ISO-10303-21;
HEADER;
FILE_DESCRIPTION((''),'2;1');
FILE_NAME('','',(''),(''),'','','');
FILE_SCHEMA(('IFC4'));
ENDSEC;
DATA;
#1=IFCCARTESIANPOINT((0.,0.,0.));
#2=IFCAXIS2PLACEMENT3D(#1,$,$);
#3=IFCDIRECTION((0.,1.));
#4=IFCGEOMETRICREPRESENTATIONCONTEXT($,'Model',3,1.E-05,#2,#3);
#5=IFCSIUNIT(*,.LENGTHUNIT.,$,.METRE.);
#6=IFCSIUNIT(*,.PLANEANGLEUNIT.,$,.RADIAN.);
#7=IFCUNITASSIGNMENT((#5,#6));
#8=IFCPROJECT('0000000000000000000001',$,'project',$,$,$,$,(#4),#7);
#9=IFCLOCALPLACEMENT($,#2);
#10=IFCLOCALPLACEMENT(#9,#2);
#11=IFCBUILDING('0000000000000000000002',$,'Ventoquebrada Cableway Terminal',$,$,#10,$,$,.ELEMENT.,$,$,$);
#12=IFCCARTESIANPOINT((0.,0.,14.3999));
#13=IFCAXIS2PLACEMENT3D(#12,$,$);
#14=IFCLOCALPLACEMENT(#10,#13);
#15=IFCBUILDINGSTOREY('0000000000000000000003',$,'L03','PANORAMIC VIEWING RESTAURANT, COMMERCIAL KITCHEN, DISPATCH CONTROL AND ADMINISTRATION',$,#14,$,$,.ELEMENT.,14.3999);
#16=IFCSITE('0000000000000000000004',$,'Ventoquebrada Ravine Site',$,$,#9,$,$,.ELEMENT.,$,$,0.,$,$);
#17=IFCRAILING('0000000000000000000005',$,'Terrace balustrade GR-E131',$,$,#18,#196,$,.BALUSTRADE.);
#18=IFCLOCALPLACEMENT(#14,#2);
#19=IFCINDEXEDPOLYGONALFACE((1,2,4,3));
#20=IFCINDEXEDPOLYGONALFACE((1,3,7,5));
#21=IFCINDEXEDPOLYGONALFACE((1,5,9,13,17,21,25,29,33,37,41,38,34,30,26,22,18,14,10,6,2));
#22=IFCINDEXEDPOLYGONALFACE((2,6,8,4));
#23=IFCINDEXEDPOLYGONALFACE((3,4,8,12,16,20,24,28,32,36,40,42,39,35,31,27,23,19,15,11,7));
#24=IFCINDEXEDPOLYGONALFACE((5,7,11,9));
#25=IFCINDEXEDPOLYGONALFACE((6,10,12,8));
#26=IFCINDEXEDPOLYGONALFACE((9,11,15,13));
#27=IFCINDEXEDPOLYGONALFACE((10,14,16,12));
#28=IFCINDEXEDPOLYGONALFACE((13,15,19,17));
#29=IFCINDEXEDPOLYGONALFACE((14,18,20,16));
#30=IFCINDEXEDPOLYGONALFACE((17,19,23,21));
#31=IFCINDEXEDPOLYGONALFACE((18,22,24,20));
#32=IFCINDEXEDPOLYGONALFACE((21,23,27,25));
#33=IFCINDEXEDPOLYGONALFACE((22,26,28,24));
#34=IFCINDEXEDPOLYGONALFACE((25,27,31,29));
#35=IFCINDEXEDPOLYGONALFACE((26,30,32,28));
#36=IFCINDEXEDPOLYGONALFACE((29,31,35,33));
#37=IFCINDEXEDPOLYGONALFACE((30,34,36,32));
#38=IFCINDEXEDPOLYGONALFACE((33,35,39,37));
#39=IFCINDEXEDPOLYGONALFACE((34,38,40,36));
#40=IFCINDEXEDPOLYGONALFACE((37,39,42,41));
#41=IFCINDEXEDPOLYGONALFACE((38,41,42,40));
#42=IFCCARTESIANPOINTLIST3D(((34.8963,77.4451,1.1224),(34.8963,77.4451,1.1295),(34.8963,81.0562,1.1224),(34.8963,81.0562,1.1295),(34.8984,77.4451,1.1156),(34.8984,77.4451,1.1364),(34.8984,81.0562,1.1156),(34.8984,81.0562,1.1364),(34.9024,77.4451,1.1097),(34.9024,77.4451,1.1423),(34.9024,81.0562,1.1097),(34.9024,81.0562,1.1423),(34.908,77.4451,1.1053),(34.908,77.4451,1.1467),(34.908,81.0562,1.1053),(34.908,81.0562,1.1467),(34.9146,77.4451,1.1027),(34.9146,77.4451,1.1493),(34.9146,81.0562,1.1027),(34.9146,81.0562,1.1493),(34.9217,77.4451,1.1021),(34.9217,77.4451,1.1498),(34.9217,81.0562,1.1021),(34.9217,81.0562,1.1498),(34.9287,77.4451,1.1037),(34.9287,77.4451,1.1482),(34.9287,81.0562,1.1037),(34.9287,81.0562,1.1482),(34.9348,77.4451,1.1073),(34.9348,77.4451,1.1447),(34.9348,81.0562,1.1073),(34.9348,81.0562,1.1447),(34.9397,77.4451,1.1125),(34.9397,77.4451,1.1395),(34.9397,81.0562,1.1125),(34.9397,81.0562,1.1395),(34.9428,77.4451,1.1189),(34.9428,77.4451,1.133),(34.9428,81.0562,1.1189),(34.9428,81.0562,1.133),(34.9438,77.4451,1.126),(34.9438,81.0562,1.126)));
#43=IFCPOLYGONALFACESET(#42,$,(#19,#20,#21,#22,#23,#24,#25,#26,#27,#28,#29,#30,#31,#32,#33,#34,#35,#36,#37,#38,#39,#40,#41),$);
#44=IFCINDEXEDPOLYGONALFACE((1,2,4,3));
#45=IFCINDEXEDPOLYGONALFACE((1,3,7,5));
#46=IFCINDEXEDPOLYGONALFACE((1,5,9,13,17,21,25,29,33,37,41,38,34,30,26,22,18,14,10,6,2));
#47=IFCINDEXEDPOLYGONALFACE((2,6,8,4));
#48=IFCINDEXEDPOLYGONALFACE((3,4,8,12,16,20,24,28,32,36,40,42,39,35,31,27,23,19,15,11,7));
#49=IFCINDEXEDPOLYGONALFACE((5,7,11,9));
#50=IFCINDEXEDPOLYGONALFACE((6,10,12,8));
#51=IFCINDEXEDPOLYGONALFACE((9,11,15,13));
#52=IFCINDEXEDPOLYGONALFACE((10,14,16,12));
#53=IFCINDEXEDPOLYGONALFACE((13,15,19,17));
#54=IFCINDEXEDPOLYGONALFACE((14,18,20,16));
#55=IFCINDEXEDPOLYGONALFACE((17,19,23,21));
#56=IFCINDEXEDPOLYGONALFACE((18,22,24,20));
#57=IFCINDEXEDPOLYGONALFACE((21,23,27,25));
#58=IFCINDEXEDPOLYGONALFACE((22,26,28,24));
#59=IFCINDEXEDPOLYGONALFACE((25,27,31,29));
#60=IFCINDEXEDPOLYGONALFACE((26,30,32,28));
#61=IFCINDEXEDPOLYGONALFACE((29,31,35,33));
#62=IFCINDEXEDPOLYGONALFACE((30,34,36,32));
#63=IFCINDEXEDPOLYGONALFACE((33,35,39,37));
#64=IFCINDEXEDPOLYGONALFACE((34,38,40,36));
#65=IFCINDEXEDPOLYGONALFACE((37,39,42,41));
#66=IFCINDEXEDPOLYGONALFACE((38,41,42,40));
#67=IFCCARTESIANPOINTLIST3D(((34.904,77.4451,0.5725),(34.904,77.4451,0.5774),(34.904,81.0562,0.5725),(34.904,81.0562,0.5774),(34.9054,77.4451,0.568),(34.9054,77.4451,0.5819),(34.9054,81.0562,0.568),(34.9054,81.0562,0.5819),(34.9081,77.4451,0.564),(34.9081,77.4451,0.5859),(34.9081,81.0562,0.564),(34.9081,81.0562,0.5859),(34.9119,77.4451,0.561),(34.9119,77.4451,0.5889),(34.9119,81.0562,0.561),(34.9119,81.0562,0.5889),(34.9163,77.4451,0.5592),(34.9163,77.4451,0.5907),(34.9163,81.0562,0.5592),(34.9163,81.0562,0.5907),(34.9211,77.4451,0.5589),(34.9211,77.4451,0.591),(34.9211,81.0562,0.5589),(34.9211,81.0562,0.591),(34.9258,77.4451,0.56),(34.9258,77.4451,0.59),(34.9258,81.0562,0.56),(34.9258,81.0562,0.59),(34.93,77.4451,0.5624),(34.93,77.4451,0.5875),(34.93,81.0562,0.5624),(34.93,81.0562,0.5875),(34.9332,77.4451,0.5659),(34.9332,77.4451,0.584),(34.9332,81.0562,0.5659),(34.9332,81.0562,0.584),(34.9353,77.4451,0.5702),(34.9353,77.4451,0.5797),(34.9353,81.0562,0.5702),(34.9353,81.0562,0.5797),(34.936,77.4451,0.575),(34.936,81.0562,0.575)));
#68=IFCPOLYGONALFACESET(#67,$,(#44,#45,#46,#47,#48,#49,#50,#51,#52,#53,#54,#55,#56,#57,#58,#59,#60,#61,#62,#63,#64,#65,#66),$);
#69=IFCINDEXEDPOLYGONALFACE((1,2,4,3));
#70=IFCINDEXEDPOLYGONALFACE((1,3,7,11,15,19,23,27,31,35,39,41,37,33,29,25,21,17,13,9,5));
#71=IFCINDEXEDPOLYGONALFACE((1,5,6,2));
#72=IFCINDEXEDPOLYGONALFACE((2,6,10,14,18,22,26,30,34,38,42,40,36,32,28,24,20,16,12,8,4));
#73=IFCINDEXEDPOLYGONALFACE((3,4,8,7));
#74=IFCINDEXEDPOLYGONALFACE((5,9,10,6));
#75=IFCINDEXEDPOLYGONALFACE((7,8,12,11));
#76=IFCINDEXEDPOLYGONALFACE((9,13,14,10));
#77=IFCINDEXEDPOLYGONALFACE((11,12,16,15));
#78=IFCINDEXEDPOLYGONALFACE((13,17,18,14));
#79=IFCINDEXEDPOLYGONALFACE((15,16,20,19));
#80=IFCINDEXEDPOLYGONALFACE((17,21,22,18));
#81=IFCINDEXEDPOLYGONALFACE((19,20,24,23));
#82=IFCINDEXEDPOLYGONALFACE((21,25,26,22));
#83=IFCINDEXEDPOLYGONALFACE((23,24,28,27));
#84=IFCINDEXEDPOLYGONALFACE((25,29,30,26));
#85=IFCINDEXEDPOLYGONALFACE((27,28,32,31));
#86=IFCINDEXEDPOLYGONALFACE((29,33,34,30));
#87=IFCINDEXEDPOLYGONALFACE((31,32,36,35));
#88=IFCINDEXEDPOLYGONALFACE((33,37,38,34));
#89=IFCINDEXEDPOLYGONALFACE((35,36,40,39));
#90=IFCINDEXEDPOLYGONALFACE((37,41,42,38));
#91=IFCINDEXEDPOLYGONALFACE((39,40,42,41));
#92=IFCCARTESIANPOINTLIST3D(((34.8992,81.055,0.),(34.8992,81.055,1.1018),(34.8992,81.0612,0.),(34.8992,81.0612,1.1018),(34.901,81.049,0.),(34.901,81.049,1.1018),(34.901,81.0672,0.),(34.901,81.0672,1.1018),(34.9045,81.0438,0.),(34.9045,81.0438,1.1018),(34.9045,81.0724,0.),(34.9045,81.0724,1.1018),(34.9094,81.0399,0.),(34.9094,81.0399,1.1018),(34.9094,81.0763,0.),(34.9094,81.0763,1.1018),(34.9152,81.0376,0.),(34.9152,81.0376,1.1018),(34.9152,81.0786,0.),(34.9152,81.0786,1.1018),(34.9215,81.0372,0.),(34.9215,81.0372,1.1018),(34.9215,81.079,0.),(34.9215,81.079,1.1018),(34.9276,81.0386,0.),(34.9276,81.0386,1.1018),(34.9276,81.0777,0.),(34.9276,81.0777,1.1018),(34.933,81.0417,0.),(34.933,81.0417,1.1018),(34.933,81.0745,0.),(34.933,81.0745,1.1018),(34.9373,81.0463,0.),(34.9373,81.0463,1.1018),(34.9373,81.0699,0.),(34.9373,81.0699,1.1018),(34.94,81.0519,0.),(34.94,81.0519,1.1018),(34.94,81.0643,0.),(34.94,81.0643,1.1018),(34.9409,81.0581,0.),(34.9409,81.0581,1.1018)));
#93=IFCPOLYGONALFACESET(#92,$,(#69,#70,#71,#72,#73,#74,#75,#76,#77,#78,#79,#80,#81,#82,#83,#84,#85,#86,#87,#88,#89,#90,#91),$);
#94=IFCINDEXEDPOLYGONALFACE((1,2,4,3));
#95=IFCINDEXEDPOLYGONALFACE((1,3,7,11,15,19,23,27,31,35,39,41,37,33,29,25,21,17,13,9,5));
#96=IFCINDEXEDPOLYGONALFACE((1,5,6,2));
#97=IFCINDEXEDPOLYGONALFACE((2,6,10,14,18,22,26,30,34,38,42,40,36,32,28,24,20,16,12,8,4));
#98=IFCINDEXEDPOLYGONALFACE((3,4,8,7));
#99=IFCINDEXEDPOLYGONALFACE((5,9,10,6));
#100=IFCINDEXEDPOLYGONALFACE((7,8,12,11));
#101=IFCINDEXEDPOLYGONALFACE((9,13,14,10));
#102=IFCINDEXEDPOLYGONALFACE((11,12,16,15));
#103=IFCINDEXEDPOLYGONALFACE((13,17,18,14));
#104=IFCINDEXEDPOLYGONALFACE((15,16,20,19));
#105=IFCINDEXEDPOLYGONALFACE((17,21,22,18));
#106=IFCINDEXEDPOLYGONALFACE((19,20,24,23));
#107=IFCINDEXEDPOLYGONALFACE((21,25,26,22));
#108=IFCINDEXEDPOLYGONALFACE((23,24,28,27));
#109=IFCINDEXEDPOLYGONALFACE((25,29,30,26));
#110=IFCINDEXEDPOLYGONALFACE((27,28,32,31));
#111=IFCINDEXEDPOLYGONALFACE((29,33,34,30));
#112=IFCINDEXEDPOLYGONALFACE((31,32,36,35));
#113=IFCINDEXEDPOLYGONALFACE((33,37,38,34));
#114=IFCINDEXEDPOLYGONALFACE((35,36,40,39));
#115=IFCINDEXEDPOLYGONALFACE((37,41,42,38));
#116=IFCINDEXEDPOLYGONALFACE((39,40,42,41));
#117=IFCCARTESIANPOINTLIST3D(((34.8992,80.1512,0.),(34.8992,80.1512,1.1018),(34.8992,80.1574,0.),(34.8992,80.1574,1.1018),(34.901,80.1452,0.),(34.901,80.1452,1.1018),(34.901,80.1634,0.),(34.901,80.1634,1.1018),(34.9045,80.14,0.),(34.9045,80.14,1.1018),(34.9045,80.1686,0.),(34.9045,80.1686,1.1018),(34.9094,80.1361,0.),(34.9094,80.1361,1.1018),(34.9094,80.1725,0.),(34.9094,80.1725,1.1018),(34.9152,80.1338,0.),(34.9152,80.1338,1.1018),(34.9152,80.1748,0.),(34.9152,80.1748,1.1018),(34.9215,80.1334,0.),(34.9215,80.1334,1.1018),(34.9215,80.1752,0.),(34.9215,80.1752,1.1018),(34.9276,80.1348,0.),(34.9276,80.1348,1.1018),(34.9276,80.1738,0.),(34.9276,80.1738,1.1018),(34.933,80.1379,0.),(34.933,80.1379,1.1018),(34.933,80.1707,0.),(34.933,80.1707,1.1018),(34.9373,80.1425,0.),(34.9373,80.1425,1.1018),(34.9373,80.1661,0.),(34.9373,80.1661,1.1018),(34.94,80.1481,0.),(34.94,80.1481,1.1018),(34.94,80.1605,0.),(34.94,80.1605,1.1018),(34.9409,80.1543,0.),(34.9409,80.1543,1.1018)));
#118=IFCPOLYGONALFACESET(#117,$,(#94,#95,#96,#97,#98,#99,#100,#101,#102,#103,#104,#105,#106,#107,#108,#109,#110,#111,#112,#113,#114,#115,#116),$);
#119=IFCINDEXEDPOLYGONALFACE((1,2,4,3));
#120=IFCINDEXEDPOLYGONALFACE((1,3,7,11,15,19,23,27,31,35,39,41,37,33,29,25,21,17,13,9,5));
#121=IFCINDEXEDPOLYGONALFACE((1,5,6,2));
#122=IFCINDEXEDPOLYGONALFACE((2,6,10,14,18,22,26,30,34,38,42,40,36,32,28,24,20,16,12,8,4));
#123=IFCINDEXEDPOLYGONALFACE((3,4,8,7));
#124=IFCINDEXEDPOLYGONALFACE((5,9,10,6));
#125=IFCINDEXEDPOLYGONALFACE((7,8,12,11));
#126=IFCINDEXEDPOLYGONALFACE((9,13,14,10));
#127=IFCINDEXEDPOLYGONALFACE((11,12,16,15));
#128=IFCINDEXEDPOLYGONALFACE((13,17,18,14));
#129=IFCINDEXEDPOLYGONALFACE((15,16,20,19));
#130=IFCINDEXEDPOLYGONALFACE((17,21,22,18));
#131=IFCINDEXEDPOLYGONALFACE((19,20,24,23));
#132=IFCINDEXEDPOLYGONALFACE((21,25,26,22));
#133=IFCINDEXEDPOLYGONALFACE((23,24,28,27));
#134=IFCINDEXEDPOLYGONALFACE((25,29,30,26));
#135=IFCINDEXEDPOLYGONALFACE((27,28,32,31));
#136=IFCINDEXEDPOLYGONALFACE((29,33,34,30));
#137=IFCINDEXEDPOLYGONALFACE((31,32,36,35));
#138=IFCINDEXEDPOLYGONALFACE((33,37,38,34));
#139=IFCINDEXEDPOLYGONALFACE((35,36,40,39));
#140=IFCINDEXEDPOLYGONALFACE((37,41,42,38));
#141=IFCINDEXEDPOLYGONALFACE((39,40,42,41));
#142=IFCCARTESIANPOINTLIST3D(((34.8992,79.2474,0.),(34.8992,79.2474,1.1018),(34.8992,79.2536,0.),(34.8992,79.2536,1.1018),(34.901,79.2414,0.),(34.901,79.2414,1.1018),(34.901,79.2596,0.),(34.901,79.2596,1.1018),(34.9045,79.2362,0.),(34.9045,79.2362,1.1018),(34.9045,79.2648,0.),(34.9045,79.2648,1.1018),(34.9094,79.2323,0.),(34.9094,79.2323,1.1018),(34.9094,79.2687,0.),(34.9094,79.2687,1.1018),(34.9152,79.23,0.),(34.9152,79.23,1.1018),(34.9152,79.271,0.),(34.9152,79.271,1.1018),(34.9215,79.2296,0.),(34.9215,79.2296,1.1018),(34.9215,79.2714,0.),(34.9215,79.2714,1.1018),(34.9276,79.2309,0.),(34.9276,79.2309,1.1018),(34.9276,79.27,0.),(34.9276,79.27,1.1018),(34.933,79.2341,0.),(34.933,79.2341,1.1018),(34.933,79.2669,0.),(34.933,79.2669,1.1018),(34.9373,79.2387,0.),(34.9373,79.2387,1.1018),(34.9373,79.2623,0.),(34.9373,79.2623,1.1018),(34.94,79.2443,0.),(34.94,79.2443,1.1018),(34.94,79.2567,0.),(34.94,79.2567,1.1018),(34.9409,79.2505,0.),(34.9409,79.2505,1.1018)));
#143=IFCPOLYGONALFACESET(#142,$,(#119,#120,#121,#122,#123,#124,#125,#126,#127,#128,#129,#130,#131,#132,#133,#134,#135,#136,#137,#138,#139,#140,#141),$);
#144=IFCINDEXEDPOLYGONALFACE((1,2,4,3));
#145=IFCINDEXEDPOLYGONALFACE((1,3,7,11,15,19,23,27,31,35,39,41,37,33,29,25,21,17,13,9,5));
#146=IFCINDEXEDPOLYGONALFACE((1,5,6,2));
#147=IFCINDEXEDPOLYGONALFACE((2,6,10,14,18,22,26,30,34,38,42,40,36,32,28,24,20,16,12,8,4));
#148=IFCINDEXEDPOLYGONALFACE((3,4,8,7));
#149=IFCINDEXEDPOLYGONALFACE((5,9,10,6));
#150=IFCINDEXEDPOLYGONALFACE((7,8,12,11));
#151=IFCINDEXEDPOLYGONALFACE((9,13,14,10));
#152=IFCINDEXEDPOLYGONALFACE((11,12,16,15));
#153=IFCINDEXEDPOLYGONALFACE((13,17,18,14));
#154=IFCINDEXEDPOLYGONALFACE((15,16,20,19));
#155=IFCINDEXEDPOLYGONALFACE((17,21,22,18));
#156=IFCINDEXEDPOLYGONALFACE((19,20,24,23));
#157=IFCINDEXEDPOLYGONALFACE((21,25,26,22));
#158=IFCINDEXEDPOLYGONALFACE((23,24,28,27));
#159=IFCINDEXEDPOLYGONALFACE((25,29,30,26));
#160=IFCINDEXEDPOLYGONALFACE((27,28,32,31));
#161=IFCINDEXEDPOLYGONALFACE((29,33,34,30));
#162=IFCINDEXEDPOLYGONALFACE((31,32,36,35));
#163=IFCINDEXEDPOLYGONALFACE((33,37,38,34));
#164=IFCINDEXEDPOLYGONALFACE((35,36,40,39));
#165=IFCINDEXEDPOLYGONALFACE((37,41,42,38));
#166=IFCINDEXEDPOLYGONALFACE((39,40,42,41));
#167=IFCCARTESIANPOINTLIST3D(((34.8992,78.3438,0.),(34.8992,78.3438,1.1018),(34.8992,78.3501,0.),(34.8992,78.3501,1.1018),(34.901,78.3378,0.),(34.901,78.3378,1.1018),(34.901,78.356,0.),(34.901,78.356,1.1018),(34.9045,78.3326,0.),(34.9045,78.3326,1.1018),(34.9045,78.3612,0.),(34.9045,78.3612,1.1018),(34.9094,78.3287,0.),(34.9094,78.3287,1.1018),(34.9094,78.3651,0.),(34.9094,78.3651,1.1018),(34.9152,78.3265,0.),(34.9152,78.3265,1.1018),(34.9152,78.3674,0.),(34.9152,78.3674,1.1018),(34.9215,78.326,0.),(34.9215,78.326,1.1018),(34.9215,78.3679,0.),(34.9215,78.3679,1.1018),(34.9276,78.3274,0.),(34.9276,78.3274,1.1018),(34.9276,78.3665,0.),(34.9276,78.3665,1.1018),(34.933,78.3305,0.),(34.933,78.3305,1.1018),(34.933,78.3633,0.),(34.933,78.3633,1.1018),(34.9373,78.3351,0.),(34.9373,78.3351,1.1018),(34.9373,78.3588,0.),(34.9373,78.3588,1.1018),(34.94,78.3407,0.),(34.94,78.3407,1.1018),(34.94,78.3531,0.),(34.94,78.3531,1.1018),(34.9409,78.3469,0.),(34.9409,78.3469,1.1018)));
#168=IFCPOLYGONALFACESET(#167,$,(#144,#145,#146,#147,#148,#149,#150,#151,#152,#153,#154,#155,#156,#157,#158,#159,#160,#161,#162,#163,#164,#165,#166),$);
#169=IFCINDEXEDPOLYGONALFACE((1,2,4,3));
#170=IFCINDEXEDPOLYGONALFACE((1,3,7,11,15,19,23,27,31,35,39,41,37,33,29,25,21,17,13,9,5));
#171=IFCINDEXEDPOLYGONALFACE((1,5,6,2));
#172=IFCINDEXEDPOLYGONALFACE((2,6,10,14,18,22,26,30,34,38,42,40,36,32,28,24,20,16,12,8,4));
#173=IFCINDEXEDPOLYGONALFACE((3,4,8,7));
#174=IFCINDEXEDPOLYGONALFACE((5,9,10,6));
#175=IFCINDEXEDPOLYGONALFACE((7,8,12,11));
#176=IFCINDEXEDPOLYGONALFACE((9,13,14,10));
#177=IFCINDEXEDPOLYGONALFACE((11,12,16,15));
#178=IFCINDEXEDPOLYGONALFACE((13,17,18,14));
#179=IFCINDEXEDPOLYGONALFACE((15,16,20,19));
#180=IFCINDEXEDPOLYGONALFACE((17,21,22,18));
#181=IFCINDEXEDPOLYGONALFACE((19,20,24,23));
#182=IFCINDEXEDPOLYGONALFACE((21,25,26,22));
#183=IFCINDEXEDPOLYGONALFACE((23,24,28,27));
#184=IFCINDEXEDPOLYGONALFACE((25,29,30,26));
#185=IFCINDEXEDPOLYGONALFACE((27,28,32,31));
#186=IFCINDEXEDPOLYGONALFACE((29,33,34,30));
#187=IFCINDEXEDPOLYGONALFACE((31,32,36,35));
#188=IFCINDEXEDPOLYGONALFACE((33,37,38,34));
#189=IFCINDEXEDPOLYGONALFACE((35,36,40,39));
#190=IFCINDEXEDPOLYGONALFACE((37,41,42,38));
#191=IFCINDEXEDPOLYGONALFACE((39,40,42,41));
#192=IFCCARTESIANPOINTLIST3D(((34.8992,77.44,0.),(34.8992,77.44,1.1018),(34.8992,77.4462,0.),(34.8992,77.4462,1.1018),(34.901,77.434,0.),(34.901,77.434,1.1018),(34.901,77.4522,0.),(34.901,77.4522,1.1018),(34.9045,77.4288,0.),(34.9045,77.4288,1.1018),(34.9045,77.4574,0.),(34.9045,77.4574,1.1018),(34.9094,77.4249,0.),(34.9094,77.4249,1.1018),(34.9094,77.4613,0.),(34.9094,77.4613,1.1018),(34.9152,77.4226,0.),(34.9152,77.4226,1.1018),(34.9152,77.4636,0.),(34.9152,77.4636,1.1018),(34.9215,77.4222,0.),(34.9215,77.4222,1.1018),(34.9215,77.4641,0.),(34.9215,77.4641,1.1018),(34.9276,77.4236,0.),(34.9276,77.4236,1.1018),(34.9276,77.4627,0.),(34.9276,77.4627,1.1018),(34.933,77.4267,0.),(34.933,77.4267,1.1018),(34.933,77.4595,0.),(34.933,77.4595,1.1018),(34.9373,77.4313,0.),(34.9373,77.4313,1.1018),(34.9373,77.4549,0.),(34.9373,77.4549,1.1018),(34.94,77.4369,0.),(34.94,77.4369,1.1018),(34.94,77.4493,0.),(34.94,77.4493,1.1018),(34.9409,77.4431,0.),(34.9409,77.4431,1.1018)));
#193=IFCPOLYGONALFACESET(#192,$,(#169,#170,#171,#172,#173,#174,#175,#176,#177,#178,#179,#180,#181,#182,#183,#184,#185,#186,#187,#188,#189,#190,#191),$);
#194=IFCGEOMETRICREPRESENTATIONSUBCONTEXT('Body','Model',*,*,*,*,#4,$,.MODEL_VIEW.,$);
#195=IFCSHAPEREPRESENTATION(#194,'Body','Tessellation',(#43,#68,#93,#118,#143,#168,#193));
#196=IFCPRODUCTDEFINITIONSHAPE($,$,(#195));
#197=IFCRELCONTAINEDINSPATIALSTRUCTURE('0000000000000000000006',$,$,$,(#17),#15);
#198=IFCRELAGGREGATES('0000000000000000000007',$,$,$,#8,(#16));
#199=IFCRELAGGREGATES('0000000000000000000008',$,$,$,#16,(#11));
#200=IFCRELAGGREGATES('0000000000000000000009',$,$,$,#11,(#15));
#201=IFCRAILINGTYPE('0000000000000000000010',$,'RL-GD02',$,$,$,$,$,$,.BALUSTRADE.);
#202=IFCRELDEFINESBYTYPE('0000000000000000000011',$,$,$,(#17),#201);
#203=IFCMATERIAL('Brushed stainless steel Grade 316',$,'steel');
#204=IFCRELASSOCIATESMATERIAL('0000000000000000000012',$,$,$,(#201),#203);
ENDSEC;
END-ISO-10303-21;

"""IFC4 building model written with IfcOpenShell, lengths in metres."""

from ifc_helpers import new_model, si_unit, direction, frame, origin, origin_2d, place, context, subcontext, project, spatial, circle, extrude, material, type_object, element, save


model = new_model("IFC4")

# Units and contexts
model_context = context("Model", 3, precision=1e-05, world=origin(), true_north=direction((0.0, 1.0)))
body_context = subcontext(model_context, "Body", "Model", "MODEL_VIEW")
ifc_project = project(units=[si_unit("LENGTHUNIT", "METRE"), si_unit("PLANEANGLEUNIT", "RADIAN")], contexts=[model_context])

# Site, building, storey
site_placement = place(None, origin())
site = spatial("IfcSite", under=ifc_project, at=site_placement, Name="Ventoquebrada Ravine Site", CompositionType="ELEMENT", RefElevation=0.0)
building_placement = place(site_placement, origin())
building = spatial("IfcBuilding", under=site, at=building_placement, Name="Ventoquebrada Cableway Terminal", CompositionType="ELEMENT")
storey_placement = place(building_placement, frame((0.0, 0.0, 14.3999)))
storey = spatial("IfcBuildingStorey", under=building, at=storey_placement, Name="L03", Description="PANORAMIC VIEWING RESTAURANT, COMMERCIAL KITCHEN, DISPATCH CONTROL AND ADMINISTRATION", CompositionType="ELEMENT", Elevation=14.3999)

# Shared definitions
ifc_material_1 = material(Name="Brushed stainless steel Grade 316", Category="steel")

# Railing
railing_type_1 = type_object("IfcRailingType", Name="RL-GD02", PredefinedType="BALUSTRADE", material=ifc_material_1)
railing_1_placement = place(storey_placement, frame((34.9199, 81.0581, 0.0)))
element("IfcRailing", 1, at=railing_1_placement, inside=storey, type_object=railing_type_1, Name="Terrace balustrade GR-E131", PredefinedType="BALUSTRADE", context=body_context, shape_type="SweptSolid", body=[
    extrude(circle(Radius=0.0239, at=origin_2d()), frame((0.0, -0.002, 1.126), z_axis=(0.0, -1.0, 0.0), x_axis=(1.0, 0.0, 0.0)), (0.0, 0.0, 1.0), 3.6111),
    extrude(circle(Radius=0.0161, at=origin_2d()), frame((0.0, -0.002, 0.575), z_axis=(0.0, -1.0, 0.0), x_axis=(1.0, 0.0, 0.0)), (0.0, 0.0, 1.0), 3.6111),
    extrude(circle(Radius=0.021, at=origin_2d()), origin(), (0.0, 0.0, 1.0), 1.1018),
    extrude(circle(Radius=0.021, at=origin_2d()), frame((0.0, -0.9038, 0.0)), (0.0, 0.0, 1.0), 1.1018),
    extrude(circle(Radius=0.021, at=origin_2d()), frame((0.0, -1.8076, 0.0)), (0.0, 0.0, 1.0), 1.1018),
    extrude(circle(Radius=0.021, at=origin_2d()), frame((0.0, -2.7112, 0.0)), (0.0, 0.0, 1.0), 1.1018),
    extrude(circle(Radius=0.021, at=origin_2d()), frame((0.0, -3.615, 0.0)), (0.0, 0.0, 1.0), 1.1018),
])

save(model, "model.ifc")
